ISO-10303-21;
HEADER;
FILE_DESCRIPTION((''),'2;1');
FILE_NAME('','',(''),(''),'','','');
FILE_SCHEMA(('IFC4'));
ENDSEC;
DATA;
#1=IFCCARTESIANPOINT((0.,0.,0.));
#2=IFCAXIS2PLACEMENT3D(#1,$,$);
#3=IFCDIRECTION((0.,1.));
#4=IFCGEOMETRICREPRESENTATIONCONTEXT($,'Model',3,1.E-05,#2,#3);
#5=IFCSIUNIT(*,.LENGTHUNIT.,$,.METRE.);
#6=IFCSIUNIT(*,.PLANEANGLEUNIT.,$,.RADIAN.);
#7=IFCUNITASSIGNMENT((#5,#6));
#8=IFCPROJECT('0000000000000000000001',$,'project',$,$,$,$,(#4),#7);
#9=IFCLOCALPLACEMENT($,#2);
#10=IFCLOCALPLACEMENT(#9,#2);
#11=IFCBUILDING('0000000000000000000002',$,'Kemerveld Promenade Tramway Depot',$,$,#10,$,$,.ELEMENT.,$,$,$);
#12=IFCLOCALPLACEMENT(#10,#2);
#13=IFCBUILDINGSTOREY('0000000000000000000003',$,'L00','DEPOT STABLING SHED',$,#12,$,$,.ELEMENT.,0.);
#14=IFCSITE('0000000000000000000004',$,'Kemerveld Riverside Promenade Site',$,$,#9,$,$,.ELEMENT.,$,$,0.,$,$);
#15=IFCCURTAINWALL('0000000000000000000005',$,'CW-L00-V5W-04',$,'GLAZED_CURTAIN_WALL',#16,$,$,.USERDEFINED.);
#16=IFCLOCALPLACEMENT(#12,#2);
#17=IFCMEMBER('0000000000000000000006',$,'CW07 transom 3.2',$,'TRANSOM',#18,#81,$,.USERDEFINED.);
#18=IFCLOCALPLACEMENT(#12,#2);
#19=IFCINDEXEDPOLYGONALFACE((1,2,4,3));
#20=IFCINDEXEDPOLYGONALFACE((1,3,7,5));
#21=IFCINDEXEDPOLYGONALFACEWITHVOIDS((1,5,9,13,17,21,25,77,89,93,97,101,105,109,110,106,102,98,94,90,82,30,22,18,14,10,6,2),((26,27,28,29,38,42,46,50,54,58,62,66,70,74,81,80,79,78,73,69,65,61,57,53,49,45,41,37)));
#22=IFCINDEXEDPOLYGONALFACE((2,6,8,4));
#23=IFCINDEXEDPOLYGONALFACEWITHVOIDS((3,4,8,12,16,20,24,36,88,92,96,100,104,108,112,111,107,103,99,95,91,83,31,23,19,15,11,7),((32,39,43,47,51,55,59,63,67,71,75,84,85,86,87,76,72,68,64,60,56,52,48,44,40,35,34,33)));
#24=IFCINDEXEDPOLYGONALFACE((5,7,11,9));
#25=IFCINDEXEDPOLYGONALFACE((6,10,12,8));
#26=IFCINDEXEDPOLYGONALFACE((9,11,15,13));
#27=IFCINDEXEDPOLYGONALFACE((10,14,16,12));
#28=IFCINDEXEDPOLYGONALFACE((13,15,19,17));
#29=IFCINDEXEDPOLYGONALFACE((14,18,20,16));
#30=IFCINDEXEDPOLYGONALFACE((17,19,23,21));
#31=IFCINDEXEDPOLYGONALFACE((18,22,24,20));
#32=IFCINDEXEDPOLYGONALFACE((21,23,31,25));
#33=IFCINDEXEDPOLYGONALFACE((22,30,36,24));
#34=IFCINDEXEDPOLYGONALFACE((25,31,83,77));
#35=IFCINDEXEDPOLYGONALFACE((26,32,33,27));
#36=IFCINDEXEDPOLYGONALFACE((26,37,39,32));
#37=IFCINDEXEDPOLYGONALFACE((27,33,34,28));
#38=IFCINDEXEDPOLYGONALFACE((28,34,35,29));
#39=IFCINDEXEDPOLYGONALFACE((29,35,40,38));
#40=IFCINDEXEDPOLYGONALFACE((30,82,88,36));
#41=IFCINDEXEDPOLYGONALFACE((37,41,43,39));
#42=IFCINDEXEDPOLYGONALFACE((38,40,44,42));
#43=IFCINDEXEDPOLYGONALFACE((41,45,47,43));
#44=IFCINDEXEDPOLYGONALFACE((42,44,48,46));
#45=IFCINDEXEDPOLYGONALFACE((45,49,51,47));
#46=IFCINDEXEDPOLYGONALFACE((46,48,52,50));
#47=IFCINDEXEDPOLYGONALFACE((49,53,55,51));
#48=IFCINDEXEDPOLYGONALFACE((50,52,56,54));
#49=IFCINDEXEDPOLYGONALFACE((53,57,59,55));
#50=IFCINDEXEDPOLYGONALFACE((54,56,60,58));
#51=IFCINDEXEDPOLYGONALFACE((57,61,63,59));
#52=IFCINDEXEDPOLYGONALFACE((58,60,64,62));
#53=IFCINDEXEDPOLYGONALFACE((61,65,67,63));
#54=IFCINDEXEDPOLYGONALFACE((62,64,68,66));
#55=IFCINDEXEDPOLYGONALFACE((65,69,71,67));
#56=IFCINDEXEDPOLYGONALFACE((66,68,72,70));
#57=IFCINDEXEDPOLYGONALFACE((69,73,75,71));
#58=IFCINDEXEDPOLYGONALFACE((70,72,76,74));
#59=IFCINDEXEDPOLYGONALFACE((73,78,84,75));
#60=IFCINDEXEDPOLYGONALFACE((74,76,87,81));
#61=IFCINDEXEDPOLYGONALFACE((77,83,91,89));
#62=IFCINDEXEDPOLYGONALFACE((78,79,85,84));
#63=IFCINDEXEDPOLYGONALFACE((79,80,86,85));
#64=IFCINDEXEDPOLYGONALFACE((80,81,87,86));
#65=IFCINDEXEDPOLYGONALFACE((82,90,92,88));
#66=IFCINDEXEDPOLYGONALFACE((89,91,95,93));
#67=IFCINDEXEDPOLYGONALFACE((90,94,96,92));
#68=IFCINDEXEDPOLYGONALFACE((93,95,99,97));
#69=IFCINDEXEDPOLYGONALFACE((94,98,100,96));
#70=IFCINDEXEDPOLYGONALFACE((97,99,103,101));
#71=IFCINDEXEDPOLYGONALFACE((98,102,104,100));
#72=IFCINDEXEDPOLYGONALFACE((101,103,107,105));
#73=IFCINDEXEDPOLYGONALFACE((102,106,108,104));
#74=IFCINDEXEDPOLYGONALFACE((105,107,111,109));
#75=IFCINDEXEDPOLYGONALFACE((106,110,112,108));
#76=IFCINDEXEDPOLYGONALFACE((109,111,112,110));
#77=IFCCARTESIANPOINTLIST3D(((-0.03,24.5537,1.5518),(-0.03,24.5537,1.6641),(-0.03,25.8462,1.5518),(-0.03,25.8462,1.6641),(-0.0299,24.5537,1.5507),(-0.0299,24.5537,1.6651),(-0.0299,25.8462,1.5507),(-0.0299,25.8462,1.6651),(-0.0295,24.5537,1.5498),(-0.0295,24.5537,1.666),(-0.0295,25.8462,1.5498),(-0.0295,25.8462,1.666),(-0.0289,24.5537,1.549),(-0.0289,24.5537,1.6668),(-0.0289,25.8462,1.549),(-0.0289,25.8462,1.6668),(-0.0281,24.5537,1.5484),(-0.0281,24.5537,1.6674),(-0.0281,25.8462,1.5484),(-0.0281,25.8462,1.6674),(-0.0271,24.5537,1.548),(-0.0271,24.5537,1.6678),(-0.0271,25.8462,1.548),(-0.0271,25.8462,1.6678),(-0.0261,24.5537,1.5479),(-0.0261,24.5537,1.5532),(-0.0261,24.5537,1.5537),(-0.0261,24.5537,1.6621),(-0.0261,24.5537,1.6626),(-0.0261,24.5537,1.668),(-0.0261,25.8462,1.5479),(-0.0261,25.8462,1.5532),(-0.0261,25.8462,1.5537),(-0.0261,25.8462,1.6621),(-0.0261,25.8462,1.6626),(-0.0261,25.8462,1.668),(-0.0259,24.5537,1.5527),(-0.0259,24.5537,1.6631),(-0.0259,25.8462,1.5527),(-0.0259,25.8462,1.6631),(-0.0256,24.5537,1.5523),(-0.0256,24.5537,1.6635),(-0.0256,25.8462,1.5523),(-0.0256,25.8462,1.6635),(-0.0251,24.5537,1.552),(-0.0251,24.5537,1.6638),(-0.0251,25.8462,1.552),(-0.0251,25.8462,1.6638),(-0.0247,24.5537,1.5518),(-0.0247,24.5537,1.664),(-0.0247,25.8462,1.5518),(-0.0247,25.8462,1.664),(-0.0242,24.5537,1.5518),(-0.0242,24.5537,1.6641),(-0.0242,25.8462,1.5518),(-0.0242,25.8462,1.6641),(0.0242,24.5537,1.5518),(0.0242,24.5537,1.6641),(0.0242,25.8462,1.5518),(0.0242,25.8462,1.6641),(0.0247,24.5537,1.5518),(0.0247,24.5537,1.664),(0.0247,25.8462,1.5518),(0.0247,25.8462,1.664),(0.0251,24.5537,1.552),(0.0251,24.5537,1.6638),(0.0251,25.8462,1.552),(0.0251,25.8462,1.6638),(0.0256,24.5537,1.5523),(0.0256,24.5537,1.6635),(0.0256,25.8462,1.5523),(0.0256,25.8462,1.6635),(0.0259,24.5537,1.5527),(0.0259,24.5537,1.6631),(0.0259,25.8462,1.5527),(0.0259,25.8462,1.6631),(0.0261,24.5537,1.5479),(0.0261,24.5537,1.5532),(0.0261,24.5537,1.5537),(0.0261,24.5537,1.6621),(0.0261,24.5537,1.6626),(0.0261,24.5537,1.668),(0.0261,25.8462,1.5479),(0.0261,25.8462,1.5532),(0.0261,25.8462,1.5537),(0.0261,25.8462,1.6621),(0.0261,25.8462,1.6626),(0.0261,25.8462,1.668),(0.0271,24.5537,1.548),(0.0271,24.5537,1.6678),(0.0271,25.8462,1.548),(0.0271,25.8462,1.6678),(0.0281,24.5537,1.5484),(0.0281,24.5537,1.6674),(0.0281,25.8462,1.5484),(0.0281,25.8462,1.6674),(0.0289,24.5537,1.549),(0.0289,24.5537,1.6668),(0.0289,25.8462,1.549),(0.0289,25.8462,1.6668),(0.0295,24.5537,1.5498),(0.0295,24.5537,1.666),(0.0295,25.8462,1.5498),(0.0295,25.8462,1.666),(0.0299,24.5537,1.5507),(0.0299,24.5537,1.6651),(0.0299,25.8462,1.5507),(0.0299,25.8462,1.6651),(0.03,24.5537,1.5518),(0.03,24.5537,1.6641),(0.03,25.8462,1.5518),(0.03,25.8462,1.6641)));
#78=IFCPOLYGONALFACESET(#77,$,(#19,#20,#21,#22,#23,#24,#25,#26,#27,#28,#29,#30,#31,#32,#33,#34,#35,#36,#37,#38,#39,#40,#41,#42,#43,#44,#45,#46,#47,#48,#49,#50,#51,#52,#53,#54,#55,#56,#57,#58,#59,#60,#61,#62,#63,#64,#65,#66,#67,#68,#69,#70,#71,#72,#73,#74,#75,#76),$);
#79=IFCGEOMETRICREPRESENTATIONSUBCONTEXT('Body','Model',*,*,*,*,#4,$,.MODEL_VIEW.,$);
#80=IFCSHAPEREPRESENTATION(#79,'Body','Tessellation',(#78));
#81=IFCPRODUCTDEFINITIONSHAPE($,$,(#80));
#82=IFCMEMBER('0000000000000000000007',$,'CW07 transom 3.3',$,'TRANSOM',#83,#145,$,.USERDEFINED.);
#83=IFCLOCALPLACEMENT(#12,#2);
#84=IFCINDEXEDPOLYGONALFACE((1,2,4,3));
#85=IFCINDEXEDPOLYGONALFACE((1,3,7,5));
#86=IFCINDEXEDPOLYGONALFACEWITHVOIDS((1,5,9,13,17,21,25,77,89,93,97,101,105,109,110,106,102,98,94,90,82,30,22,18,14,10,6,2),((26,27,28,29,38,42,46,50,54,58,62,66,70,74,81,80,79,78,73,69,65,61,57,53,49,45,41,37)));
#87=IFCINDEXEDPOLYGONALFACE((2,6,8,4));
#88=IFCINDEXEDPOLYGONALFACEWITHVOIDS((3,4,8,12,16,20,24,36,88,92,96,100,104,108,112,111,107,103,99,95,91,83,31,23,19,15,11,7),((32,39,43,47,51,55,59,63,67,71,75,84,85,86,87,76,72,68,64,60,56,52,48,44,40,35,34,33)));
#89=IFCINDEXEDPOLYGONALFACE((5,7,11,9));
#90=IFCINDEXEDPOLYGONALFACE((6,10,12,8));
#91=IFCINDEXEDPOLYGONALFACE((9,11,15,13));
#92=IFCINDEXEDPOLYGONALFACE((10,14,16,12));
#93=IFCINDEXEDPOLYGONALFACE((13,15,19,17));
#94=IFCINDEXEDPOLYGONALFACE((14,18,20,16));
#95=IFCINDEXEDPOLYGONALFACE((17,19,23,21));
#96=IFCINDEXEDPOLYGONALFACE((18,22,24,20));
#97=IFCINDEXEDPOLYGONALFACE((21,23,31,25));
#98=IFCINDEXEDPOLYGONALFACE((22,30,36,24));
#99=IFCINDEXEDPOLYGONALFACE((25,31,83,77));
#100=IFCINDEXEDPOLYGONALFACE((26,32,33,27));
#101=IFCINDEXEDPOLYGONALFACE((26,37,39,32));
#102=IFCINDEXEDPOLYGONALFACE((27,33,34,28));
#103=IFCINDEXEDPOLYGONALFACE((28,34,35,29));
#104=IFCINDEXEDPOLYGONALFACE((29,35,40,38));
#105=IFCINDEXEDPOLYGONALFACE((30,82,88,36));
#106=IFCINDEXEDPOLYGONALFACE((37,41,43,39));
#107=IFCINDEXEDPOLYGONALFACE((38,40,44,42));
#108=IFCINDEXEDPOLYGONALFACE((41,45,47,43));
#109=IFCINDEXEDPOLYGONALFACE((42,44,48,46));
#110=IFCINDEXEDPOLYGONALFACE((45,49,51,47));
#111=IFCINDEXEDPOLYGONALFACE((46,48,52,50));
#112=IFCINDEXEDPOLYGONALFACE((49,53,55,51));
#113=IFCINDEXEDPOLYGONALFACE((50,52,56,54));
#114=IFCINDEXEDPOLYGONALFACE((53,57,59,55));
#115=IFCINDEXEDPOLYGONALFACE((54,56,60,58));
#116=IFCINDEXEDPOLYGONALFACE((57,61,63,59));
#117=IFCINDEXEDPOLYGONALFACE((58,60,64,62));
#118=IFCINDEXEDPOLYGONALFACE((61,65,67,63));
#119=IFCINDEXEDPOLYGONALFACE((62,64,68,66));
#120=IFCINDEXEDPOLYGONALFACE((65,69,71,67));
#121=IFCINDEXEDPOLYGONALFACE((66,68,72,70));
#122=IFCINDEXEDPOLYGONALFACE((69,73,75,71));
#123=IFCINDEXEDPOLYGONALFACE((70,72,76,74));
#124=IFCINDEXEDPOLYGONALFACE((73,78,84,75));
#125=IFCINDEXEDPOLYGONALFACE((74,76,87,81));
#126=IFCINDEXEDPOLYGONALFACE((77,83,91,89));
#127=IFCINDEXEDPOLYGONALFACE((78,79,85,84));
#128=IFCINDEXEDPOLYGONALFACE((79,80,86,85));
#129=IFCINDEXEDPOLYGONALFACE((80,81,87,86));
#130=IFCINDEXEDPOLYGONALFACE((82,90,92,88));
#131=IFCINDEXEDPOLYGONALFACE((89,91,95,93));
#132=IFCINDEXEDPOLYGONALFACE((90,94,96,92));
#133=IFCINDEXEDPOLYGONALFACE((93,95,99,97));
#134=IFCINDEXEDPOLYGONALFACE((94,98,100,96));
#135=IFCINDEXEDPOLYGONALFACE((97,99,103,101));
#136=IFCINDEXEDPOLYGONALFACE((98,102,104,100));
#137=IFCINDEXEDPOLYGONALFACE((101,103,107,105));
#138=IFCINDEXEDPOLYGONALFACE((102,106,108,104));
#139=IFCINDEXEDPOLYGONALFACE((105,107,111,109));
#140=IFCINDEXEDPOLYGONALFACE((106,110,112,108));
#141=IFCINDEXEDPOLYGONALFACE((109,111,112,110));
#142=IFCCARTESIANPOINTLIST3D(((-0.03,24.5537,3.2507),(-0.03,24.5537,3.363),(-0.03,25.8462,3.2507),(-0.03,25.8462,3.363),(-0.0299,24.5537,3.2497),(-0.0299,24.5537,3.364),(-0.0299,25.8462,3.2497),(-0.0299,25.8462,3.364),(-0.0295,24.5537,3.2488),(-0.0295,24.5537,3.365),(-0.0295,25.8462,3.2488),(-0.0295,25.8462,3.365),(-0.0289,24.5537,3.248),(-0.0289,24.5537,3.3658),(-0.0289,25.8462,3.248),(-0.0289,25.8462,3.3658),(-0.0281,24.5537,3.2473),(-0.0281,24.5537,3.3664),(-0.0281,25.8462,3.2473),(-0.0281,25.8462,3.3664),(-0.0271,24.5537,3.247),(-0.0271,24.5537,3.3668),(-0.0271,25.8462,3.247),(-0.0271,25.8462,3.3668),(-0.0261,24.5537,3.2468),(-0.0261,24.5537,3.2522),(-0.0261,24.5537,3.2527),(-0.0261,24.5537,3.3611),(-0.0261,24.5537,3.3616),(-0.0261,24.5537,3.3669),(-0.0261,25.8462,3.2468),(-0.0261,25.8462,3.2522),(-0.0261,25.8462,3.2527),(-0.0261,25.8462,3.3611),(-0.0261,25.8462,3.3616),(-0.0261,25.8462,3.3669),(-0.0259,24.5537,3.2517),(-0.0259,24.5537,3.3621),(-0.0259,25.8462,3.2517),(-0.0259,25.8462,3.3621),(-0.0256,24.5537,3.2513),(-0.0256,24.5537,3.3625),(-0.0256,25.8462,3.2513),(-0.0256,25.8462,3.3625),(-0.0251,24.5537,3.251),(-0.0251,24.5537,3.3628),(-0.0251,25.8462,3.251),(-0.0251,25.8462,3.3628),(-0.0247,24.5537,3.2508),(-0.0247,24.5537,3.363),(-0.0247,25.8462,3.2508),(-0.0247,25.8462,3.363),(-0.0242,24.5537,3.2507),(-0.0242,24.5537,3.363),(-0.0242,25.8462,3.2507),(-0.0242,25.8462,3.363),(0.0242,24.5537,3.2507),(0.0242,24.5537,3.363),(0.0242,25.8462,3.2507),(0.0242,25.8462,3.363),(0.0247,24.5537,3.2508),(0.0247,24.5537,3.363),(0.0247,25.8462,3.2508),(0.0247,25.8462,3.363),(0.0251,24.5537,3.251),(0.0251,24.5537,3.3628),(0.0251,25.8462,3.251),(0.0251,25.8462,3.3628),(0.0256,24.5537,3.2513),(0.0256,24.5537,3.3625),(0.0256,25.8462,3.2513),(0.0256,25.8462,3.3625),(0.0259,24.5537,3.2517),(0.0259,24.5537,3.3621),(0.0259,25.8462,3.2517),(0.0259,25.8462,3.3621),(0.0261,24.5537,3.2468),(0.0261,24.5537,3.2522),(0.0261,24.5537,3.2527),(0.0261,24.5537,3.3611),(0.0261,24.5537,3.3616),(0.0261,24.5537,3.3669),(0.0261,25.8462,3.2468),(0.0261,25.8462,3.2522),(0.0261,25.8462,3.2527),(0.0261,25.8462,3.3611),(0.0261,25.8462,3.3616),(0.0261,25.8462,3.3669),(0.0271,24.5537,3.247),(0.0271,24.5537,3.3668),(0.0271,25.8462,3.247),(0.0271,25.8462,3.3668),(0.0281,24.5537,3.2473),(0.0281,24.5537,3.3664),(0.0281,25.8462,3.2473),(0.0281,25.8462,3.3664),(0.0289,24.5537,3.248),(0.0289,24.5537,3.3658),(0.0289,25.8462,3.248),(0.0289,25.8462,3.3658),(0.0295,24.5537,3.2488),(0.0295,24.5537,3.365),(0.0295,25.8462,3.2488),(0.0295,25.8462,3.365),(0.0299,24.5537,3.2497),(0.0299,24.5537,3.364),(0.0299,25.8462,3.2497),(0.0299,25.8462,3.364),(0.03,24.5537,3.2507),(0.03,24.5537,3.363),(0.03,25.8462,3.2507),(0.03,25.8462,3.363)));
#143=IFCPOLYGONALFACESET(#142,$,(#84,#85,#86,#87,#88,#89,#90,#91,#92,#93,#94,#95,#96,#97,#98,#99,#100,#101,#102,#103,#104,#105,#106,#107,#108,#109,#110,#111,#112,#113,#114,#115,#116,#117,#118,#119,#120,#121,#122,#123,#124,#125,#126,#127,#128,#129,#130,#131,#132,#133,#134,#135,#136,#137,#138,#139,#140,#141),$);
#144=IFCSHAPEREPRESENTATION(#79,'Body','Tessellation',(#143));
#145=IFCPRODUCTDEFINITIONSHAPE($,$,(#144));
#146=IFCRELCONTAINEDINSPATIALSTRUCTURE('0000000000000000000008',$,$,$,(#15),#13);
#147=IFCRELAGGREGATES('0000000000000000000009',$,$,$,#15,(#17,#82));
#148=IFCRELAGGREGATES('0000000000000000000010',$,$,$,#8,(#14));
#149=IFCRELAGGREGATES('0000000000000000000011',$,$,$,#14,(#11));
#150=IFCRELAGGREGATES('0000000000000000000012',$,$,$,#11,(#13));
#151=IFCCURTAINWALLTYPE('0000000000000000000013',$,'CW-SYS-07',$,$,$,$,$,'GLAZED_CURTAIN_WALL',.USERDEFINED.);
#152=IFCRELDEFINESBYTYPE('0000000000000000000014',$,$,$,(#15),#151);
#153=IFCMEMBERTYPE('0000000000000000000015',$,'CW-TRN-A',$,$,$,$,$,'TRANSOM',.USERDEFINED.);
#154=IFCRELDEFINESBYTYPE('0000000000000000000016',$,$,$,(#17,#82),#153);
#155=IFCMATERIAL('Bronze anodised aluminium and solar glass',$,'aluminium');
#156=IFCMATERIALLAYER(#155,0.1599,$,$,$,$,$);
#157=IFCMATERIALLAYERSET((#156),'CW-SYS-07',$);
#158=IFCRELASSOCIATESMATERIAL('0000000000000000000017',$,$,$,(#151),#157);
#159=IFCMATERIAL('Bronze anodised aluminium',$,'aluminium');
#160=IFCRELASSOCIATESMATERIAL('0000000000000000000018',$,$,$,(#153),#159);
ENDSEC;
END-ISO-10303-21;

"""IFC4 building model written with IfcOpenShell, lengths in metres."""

from ifc_helpers import new_model, si_unit, direction, frame, origin, origin_2d, place, context, subcontext, project, spatial, hollow_rectangle, extrude, material, layer, layer_set, material_profile, profile_set, type_object, element, aggregate, save


model = new_model("IFC4")

# Units and contexts
model_context = context("Model", 3, precision=1e-05, world=origin(), true_north=direction((0.0, 1.0)))
body_context = subcontext(model_context, "Body", "Model", "MODEL_VIEW")
ifc_project = project(units=[si_unit("LENGTHUNIT", "METRE"), si_unit("PLANEANGLEUNIT", "RADIAN")], contexts=[model_context])

# Site, building, storey
site_placement = place(None, origin())
site = spatial("IfcSite", under=ifc_project, at=site_placement, Name="Kemerveld Riverside Promenade Site", CompositionType="ELEMENT", RefElevation=0.0)
building_placement = place(site_placement, origin())
building = spatial("IfcBuilding", under=site, at=building_placement, Name="Kemerveld Promenade Tramway Depot", CompositionType="ELEMENT")
storey_placement = place(building_placement, origin())
storey = spatial("IfcBuildingStorey", under=building, at=storey_placement, Name="L00", Description="DEPOT STABLING SHED", CompositionType="ELEMENT", Elevation=0.0)

# Curtain wall, members
ifc_material_1 = material(Name="Bronze anodised aluminium and solar glass", Category="aluminium")
ifc_layer_1 = layer(ifc_material_1, 0.1599)
ifc_layer_set_1 = layer_set([ifc_layer_1], Name="CW-SYS-07")
curtain_wall_type = type_object("IfcCurtainWallType", Name="CW-SYS-07", ElementType="GLAZED_CURTAIN_WALL", PredefinedType="USERDEFINED", material=ifc_layer_set_1)
curtain_wall_placement = place(storey_placement, origin())
curtain_wall = element("IfcCurtainWall", 1, at=curtain_wall_placement, inside=storey, type_object=curtain_wall_type, Name="CW-L00-V5W-04", ObjectType="GLAZED_CURTAIN_WALL", PredefinedType="USERDEFINED")
ifc_material_2 = material(Name="Bronze anodised aluminium", Category="aluminium")
ifc_material_profile_1 = material_profile(ifc_material_2, hollow_rectangle(XDim=0.0601, YDim=0.1201, WallThickness=0.0039, InnerFilletRadius=0.002, OuterFilletRadius=0.0039, at=origin_2d()), Name="CW-TRN-120x60")
ifc_profile_set_1 = profile_set([ifc_material_profile_1], Name="Bronze anodised aluminium")
member_type_1 = type_object("IfcMemberType", Name="CW-TRN-A", ElementType="TRANSOM", PredefinedType="USERDEFINED", material=ifc_profile_set_1)
member_1_placement = place(storey_placement, frame((0.0, 24.5537, 1.6079), z_axis=(0.0, 1.0, 0.0), x_axis=(-1.0, 0.0, 0.0)))
member_1 = element("IfcMember", 2, at=member_1_placement, type_object=member_type_1, Name="CW07 transom 3.2", ObjectType="TRANSOM", PredefinedType="USERDEFINED", context=body_context, shape_type="SweptSolid", body=[
    extrude(hollow_rectangle(XDim=0.0601, YDim=0.1201, WallThickness=0.0039, InnerFilletRadius=0.002, OuterFilletRadius=0.0039, at=origin_2d()), origin(), (0.0, 0.0, 1.0), 1.2925),
])
member_2_placement = place(storey_placement, frame((0.0, 24.5537, 3.3069), z_axis=(0.0, 1.0, 0.0), x_axis=(-1.0, 0.0, 0.0)))
member_2 = element("IfcMember", 3, at=member_2_placement, type_object=member_type_1, Name="CW07 transom 3.3", ObjectType="TRANSOM", PredefinedType="USERDEFINED", context=body_context, shape_type="SweptSolid", body=[
    extrude(hollow_rectangle(XDim=0.0601, YDim=0.1201, WallThickness=0.0039, InnerFilletRadius=0.002, OuterFilletRadius=0.0039, at=origin_2d()), origin(), (0.0, 0.0, 1.0), 1.2925),
])
aggregate(curtain_wall, [member_1, member_2])

save(model, "model.ifc")
